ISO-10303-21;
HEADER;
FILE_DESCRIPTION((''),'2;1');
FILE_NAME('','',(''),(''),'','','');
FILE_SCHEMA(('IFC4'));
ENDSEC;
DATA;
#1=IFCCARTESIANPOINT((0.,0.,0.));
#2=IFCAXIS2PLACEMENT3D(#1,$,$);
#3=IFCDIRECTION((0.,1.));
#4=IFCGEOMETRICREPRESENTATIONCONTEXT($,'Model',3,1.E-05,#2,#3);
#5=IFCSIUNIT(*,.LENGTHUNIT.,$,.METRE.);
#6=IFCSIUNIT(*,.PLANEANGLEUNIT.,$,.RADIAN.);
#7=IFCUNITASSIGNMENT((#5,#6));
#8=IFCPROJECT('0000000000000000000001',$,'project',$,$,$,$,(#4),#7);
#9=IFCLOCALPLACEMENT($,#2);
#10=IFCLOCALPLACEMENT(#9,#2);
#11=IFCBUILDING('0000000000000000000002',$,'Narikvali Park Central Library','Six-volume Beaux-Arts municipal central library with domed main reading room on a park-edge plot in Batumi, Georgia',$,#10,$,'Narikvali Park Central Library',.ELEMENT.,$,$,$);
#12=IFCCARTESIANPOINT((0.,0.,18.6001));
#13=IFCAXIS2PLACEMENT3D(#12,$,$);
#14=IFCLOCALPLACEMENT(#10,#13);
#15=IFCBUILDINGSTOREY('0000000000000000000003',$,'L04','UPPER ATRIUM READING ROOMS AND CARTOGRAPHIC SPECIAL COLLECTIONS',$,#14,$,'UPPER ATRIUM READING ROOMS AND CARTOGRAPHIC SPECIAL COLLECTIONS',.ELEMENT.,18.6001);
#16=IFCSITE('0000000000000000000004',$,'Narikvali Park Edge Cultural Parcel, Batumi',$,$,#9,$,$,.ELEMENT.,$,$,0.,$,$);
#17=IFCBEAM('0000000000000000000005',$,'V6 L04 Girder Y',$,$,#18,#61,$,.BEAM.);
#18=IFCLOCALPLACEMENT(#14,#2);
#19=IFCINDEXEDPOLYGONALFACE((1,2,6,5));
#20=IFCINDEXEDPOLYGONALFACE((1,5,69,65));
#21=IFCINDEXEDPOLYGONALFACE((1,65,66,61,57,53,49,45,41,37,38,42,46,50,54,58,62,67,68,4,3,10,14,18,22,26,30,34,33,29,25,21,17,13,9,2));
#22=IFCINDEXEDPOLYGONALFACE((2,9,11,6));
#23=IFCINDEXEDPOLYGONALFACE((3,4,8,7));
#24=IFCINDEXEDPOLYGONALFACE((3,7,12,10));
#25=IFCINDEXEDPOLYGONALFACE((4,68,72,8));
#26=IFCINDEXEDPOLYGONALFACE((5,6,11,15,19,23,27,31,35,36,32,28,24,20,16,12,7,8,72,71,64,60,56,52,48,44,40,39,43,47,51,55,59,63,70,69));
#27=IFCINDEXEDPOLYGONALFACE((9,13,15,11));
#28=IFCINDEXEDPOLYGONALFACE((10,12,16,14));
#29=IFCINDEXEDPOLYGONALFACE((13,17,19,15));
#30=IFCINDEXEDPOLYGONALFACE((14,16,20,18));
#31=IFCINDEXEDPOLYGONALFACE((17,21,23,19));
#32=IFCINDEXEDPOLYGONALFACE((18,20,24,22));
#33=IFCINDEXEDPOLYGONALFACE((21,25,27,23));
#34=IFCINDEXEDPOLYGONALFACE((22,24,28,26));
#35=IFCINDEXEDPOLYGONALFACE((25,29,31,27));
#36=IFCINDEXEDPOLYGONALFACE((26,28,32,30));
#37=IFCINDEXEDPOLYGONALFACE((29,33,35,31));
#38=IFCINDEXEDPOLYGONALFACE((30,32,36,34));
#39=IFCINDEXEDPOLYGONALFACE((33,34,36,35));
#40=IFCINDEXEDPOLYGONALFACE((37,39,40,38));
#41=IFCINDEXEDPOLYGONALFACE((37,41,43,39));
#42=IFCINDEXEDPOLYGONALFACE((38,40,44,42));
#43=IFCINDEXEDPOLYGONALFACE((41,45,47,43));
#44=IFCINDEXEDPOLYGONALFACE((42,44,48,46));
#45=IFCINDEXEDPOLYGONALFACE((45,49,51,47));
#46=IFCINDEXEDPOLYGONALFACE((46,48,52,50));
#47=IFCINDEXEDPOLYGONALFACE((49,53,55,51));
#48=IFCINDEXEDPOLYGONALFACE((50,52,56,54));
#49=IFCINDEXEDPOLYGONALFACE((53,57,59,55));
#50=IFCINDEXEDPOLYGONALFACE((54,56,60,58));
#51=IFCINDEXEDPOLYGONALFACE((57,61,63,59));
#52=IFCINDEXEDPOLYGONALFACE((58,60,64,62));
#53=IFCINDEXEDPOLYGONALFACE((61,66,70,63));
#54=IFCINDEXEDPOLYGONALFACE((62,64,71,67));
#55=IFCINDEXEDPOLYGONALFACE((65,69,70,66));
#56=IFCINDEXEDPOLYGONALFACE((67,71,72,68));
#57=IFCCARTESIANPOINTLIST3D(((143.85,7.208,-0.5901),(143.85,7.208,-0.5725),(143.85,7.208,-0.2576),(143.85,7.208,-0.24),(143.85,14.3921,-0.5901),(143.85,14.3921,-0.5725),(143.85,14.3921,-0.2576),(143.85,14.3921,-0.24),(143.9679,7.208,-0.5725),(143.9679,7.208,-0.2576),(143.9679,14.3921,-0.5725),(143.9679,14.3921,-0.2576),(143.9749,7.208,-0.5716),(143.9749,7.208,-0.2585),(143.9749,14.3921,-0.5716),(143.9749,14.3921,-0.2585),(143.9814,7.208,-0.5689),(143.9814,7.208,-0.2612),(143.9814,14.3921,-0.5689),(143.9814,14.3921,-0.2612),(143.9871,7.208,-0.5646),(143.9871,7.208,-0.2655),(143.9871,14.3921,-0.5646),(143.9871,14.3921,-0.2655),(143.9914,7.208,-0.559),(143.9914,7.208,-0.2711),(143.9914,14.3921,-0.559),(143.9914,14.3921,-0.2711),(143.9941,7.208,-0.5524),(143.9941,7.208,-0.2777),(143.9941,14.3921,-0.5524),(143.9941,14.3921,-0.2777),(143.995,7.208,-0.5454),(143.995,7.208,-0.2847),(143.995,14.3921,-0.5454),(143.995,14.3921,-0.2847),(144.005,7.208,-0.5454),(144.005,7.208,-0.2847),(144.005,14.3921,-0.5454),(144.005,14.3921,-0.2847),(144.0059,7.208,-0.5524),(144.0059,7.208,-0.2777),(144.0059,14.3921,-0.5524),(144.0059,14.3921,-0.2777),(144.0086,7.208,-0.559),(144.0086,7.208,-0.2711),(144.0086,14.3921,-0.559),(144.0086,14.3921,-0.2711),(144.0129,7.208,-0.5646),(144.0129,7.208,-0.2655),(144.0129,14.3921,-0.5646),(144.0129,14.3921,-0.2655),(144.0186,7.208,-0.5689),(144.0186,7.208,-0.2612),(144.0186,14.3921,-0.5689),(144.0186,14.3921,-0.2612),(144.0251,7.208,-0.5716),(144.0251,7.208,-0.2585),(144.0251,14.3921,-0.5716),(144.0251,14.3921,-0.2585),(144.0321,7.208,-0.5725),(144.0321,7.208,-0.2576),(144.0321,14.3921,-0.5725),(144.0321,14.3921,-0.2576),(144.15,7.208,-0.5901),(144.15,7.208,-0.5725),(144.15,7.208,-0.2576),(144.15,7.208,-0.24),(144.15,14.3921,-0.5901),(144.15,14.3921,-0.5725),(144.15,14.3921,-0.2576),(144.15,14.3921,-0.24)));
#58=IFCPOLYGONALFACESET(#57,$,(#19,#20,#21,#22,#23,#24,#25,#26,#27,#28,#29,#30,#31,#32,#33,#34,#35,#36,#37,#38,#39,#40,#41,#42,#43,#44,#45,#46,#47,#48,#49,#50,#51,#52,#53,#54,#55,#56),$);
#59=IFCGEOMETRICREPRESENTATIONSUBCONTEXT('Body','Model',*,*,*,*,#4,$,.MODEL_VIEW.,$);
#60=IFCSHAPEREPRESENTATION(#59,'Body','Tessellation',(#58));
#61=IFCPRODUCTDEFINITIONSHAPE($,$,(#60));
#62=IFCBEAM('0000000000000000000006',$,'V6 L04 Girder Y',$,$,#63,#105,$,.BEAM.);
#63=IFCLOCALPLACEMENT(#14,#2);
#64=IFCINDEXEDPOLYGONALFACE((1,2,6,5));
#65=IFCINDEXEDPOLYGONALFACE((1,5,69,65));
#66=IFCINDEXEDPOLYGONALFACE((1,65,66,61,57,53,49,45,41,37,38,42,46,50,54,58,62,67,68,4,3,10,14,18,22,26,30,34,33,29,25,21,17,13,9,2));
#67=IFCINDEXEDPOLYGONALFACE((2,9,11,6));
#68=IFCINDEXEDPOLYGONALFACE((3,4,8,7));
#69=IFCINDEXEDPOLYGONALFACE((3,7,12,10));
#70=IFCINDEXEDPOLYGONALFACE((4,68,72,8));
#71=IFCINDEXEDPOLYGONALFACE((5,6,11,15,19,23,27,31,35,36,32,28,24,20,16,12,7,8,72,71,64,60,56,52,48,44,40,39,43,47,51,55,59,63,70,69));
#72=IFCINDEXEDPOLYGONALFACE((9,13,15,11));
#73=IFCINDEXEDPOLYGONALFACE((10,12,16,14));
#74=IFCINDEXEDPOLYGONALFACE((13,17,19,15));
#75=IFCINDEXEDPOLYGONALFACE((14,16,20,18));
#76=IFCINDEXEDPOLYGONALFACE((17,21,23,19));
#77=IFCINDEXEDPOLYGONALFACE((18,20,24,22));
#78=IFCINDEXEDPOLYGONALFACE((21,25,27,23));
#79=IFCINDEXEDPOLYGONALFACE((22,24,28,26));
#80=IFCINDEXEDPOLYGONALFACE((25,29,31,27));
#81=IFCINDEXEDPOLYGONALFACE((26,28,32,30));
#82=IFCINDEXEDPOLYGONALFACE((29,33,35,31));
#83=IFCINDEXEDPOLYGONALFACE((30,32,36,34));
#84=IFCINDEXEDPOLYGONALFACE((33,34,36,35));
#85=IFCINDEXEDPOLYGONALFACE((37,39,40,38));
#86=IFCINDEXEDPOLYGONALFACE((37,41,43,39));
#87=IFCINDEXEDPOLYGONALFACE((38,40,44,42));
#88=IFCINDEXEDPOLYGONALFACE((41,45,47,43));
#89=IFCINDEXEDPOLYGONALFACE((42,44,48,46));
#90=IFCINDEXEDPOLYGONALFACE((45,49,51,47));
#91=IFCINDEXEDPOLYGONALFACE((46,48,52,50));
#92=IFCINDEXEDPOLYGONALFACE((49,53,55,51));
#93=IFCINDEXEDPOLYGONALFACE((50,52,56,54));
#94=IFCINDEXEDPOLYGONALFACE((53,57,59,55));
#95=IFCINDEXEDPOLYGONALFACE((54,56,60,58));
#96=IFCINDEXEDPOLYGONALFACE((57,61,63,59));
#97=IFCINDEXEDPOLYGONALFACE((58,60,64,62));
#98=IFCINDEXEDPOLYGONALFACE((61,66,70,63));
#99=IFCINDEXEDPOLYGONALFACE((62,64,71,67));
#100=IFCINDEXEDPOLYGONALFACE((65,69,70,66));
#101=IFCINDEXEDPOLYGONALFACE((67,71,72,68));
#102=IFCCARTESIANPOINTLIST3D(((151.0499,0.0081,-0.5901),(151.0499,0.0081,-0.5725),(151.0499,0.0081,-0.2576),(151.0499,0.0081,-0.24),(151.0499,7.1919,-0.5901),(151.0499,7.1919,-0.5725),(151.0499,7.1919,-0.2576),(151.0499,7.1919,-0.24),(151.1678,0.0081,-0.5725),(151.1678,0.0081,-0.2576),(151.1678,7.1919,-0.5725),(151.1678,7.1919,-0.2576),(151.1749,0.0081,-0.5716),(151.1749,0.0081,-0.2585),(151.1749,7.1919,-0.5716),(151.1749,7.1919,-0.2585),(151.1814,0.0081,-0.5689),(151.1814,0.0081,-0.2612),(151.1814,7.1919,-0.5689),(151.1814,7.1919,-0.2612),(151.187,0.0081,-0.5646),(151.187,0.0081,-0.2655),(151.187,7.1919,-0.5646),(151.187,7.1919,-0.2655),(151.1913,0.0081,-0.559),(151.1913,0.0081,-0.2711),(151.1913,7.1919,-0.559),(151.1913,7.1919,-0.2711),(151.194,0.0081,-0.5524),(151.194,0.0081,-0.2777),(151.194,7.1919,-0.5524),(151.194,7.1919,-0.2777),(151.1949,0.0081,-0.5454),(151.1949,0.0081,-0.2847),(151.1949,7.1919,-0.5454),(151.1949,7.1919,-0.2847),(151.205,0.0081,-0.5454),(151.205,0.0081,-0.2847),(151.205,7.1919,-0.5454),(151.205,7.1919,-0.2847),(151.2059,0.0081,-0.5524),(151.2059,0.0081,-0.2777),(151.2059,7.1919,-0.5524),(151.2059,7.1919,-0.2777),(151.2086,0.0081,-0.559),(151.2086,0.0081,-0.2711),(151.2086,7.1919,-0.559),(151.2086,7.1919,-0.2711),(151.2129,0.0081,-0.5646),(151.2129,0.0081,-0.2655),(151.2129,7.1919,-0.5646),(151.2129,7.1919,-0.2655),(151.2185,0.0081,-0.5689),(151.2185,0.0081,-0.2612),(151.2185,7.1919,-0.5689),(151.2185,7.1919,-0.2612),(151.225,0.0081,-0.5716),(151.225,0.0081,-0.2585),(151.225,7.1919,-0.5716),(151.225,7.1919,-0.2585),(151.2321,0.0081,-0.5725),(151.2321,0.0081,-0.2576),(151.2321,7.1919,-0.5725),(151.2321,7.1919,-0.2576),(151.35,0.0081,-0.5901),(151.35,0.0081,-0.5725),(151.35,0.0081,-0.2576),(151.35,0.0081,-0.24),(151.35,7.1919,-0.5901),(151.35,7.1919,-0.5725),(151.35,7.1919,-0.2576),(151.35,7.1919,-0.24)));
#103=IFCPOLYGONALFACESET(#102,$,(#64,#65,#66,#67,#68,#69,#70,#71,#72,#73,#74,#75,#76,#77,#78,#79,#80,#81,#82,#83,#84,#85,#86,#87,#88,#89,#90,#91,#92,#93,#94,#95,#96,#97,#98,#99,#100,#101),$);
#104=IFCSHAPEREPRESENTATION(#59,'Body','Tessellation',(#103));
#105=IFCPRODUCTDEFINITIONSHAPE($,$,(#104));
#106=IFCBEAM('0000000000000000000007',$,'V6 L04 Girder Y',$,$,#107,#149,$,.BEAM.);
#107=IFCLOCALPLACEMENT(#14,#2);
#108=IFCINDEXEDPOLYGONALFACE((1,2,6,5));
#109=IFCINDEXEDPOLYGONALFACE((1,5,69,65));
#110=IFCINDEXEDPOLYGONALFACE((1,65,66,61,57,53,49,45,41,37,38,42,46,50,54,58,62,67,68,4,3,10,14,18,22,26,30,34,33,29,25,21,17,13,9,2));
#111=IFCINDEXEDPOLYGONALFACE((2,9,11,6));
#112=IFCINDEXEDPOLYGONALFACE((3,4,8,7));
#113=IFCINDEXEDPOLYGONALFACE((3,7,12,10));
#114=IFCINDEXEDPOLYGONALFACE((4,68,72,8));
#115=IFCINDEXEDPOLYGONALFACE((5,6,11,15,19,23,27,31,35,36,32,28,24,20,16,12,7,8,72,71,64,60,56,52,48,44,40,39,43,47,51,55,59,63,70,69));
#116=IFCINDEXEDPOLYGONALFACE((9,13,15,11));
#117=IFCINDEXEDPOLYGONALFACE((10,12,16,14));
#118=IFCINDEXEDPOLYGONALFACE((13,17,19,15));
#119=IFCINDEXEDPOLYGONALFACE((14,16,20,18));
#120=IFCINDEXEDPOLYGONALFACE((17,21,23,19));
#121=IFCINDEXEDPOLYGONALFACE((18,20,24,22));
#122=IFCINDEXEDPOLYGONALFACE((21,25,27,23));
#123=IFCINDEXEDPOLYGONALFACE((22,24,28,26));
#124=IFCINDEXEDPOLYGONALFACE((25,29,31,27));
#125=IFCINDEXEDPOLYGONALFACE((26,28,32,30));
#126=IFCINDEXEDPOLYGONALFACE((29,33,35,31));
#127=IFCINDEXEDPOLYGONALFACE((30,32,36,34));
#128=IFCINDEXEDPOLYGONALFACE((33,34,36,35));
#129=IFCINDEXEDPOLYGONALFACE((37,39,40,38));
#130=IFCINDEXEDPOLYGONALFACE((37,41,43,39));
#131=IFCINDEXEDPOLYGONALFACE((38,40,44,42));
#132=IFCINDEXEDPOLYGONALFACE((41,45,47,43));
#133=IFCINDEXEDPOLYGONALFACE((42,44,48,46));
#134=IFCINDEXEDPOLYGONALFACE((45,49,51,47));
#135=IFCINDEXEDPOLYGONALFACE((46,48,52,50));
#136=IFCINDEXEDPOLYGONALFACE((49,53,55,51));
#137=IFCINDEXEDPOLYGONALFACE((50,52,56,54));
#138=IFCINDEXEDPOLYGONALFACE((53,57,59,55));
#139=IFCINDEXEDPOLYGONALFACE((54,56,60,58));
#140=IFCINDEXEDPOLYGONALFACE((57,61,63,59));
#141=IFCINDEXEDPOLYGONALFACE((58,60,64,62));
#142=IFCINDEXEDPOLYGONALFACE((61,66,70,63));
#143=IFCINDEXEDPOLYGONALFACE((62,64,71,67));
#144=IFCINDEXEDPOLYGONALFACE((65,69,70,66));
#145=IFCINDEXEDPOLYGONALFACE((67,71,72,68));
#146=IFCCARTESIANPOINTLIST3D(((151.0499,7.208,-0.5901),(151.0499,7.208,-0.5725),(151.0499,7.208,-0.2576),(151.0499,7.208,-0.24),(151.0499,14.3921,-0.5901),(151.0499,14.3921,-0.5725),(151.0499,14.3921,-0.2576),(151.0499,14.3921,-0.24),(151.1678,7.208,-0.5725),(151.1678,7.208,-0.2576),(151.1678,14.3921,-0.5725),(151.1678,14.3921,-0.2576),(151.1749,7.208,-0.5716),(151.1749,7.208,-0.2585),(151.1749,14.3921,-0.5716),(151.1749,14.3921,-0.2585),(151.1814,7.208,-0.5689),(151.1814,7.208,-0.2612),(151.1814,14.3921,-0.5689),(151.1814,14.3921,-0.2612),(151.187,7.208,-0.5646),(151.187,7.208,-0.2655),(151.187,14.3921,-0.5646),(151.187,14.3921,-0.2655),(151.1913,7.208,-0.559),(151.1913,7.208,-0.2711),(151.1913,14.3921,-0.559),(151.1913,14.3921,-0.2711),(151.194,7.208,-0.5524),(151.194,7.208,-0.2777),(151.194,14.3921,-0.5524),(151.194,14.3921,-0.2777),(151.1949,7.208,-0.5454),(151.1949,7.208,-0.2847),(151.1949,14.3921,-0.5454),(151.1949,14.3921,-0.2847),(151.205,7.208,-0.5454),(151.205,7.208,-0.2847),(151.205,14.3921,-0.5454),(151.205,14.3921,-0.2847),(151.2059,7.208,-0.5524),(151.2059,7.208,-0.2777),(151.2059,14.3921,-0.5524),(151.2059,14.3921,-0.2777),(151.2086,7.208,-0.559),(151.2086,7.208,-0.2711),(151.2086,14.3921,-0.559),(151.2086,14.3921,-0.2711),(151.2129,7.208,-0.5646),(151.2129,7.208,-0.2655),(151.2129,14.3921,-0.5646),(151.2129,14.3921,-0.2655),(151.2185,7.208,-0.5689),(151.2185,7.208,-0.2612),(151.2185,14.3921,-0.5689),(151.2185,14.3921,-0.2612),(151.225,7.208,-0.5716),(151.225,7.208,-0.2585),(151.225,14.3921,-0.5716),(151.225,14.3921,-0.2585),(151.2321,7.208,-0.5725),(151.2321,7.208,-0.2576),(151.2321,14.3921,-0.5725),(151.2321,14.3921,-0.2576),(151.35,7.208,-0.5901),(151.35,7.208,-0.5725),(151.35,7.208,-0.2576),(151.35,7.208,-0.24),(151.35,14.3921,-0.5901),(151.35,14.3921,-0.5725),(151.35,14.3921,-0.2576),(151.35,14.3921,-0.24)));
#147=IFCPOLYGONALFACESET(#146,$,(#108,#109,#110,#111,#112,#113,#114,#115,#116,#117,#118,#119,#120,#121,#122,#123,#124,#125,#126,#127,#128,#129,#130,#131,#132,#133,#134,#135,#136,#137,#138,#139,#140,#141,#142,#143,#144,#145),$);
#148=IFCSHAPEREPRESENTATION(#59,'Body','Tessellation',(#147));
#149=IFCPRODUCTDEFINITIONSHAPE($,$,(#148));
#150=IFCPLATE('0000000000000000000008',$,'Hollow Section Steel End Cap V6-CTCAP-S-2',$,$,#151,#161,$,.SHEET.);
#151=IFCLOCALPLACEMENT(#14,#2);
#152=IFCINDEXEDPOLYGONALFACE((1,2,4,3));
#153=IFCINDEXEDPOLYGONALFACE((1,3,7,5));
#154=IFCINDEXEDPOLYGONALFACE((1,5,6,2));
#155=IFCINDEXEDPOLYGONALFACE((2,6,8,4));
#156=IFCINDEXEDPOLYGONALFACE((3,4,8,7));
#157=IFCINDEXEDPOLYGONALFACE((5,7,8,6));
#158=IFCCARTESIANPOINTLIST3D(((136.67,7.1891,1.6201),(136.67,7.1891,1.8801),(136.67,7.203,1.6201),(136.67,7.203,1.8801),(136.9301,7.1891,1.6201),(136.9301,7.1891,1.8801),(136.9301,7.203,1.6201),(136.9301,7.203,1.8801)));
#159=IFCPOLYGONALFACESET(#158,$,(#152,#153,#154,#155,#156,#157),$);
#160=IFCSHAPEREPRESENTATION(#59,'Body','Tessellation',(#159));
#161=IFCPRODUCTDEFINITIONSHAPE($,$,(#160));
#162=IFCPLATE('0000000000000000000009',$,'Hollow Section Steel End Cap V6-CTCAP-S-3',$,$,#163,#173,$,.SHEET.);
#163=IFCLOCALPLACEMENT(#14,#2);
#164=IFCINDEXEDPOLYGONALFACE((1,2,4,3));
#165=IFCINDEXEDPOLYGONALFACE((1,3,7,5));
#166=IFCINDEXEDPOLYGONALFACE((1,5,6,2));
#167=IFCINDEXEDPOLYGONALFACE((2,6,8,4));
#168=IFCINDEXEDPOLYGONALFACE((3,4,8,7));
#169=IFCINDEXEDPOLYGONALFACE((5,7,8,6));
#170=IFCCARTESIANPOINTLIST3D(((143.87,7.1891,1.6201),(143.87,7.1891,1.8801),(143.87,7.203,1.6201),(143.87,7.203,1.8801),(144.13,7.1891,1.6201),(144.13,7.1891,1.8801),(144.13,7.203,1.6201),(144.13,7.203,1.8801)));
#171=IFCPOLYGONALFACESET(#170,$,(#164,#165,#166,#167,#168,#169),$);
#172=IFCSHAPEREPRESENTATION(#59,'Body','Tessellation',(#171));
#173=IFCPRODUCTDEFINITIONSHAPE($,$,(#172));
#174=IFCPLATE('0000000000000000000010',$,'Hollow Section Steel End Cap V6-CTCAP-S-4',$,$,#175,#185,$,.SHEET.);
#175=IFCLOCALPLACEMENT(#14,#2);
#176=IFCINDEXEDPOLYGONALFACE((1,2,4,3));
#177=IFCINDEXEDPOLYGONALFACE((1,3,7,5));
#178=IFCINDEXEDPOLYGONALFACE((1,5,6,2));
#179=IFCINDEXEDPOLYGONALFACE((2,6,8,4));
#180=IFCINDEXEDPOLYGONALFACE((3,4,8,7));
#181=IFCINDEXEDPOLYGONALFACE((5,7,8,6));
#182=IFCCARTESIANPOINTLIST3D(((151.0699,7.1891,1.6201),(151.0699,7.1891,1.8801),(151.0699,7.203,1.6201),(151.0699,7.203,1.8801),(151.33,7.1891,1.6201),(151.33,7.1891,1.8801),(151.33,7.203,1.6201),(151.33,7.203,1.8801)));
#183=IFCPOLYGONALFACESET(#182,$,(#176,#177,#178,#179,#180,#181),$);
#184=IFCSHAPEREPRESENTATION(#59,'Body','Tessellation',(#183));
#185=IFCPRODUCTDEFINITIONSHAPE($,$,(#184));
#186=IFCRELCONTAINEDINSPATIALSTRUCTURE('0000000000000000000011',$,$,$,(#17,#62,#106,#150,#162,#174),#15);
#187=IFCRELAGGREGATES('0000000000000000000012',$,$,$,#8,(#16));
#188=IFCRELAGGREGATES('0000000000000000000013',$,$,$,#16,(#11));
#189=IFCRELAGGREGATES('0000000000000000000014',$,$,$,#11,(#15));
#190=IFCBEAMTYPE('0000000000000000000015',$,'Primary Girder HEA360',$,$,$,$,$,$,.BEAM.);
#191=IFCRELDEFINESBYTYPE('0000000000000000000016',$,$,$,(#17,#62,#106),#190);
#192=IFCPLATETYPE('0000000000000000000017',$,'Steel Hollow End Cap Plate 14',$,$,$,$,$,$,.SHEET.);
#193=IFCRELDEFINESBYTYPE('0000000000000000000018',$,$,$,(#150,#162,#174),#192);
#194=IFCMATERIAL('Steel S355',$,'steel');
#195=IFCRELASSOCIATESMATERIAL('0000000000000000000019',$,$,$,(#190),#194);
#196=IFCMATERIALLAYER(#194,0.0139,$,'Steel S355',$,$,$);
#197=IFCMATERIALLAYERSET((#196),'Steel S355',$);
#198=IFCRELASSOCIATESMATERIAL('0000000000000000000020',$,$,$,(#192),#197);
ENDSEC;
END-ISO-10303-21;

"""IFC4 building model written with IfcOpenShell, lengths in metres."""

from ifc_helpers import new_model, si_unit, direction, frame, origin, origin_2d, place, context, subcontext, project, spatial, rectangle, i_section, extrude, material, layer, layer_set, material_profile, profile_set, type_object, element, save


model = new_model("IFC4")

# Units and contexts
model_context = context("Model", 3, precision=1e-05, world=origin(), true_north=direction((0.0, 1.0)))
body_context = subcontext(model_context, "Body", "Model", "MODEL_VIEW")
ifc_project = project(units=[si_unit("LENGTHUNIT", "METRE"), si_unit("PLANEANGLEUNIT", "RADIAN")], contexts=[model_context])

# Site, building, storey
site_placement = place(None, origin())
site = spatial("IfcSite", under=ifc_project, at=site_placement, Name="Narikvali Park Edge Cultural Parcel, Batumi", CompositionType="ELEMENT", RefElevation=0.0)
building_placement = place(site_placement, origin())
building = spatial("IfcBuilding", under=site, at=building_placement, Name="Narikvali Park Central Library", Description="Six-volume Beaux-Arts municipal central library with domed main reading room on a park-edge plot in Batumi, Georgia", LongName="Narikvali Park Central Library", CompositionType="ELEMENT")
storey_placement = place(building_placement, frame((0.0, 0.0, 18.6001)))
storey = spatial("IfcBuildingStorey", under=building, at=storey_placement, Name="L04", Description="UPPER ATRIUM READING ROOMS AND CARTOGRAPHIC SPECIAL COLLECTIONS", LongName="UPPER ATRIUM READING ROOMS AND CARTOGRAPHIC SPECIAL COLLECTIONS", CompositionType="ELEMENT", Elevation=18.6001)

# Shared definitions
ifc_material = material(Name="Steel S355", Category="steel")

# Beams
ifc_material_profile_1 = material_profile(ifc_material, i_section(OverallWidth=0.3, OverallDepth=0.3501, WebThickness=0.01, FlangeThickness=0.0176, FilletRadius=0.0271, at=origin_2d()), Name="HEA 360")
ifc_profile_set_1 = profile_set([ifc_material_profile_1], Name="Steel S355")
beam_type_1 = type_object("IfcBeamType", Name="Primary Girder HEA360", PredefinedType="BEAM", material=ifc_profile_set_1)
beam_1_placement = place(storey_placement, frame((144.0, 7.208, -0.415), z_axis=(0.0, 1.0, 0.0), x_axis=(-1.0, 0.0, 0.0)))
element("IfcBeam", 1, at=beam_1_placement, inside=storey, type_object=beam_type_1, Name="V6 L04 Girder Y", PredefinedType="BEAM", context=body_context, shape_type="SweptSolid", body=[
    extrude(i_section(OverallWidth=0.3, OverallDepth=0.3501, WebThickness=0.01, FlangeThickness=0.0176, FilletRadius=0.0271, at=origin_2d()), origin(), (0.0, 0.0, 1.0), 7.1841),
])
beam_2_placement = place(storey_placement, frame((151.2, 0.0081, -0.415), z_axis=(0.0, 1.0, 0.0), x_axis=(-1.0, 0.0, 0.0)))
element("IfcBeam", 2, at=beam_2_placement, inside=storey, type_object=beam_type_1, Name="V6 L04 Girder Y", PredefinedType="BEAM", context=body_context, shape_type="SweptSolid", body=[
    extrude(i_section(OverallWidth=0.3, OverallDepth=0.3501, WebThickness=0.01, FlangeThickness=0.0176, FilletRadius=0.0271, at=origin_2d()), origin(), (0.0, 0.0, 1.0), 7.1838),
])
beam_3_placement = place(storey_placement, frame((151.2, 7.208, -0.415), z_axis=(0.0, 1.0, 0.0), x_axis=(-1.0, 0.0, 0.0)))
element("IfcBeam", 3, at=beam_3_placement, inside=storey, type_object=beam_type_1, Name="V6 L04 Girder Y", PredefinedType="BEAM", context=body_context, shape_type="SweptSolid", body=[
    extrude(i_section(OverallWidth=0.3, OverallDepth=0.3501, WebThickness=0.01, FlangeThickness=0.0176, FilletRadius=0.0271, at=origin_2d()), origin(), (0.0, 0.0, 1.0), 7.1841),
])

# Plates
ifc_layer = layer(ifc_material, 0.0139, Name="Steel S355")
ifc_layer_set = layer_set([ifc_layer], Name="Steel S355")
plate_type = type_object("IfcPlateType", Name="Steel Hollow End Cap Plate 14", PredefinedType="SHEET", material=ifc_layer_set)
for number, where, z_axis, x_axis, name in (
    (4, (136.8, 7.196, 1.6201), (0.0, 0.0, 1.0), (-1.0, 0.0, 0.0), "Hollow Section Steel End Cap V6-CTCAP-S-2"),
    (5, (144.0, 7.196, 1.6201), (0.0, 0.0, 1.0), (-1.0, 0.0, 0.0), "Hollow Section Steel End Cap V6-CTCAP-S-3"),
    (6, (151.2, 7.196, 1.6201), (0.0, 0.0, 1.0), (-1.0, 0.0, 0.0), "Hollow Section Steel End Cap V6-CTCAP-S-4"),
):
    element("IfcPlate", number, at=place(storey_placement, frame(where, z_axis=z_axis, x_axis=x_axis)), inside=storey, type_object=plate_type, Name=name, PredefinedType="SHEET", context=body_context, shape_type="SweptSolid", body=[
        extrude(rectangle(XDim=0.26, YDim=0.0139, at=origin_2d()), origin(), (0.0, 0.0, 1.0), 0.26),
    ])

save(model, "model.ifc")
